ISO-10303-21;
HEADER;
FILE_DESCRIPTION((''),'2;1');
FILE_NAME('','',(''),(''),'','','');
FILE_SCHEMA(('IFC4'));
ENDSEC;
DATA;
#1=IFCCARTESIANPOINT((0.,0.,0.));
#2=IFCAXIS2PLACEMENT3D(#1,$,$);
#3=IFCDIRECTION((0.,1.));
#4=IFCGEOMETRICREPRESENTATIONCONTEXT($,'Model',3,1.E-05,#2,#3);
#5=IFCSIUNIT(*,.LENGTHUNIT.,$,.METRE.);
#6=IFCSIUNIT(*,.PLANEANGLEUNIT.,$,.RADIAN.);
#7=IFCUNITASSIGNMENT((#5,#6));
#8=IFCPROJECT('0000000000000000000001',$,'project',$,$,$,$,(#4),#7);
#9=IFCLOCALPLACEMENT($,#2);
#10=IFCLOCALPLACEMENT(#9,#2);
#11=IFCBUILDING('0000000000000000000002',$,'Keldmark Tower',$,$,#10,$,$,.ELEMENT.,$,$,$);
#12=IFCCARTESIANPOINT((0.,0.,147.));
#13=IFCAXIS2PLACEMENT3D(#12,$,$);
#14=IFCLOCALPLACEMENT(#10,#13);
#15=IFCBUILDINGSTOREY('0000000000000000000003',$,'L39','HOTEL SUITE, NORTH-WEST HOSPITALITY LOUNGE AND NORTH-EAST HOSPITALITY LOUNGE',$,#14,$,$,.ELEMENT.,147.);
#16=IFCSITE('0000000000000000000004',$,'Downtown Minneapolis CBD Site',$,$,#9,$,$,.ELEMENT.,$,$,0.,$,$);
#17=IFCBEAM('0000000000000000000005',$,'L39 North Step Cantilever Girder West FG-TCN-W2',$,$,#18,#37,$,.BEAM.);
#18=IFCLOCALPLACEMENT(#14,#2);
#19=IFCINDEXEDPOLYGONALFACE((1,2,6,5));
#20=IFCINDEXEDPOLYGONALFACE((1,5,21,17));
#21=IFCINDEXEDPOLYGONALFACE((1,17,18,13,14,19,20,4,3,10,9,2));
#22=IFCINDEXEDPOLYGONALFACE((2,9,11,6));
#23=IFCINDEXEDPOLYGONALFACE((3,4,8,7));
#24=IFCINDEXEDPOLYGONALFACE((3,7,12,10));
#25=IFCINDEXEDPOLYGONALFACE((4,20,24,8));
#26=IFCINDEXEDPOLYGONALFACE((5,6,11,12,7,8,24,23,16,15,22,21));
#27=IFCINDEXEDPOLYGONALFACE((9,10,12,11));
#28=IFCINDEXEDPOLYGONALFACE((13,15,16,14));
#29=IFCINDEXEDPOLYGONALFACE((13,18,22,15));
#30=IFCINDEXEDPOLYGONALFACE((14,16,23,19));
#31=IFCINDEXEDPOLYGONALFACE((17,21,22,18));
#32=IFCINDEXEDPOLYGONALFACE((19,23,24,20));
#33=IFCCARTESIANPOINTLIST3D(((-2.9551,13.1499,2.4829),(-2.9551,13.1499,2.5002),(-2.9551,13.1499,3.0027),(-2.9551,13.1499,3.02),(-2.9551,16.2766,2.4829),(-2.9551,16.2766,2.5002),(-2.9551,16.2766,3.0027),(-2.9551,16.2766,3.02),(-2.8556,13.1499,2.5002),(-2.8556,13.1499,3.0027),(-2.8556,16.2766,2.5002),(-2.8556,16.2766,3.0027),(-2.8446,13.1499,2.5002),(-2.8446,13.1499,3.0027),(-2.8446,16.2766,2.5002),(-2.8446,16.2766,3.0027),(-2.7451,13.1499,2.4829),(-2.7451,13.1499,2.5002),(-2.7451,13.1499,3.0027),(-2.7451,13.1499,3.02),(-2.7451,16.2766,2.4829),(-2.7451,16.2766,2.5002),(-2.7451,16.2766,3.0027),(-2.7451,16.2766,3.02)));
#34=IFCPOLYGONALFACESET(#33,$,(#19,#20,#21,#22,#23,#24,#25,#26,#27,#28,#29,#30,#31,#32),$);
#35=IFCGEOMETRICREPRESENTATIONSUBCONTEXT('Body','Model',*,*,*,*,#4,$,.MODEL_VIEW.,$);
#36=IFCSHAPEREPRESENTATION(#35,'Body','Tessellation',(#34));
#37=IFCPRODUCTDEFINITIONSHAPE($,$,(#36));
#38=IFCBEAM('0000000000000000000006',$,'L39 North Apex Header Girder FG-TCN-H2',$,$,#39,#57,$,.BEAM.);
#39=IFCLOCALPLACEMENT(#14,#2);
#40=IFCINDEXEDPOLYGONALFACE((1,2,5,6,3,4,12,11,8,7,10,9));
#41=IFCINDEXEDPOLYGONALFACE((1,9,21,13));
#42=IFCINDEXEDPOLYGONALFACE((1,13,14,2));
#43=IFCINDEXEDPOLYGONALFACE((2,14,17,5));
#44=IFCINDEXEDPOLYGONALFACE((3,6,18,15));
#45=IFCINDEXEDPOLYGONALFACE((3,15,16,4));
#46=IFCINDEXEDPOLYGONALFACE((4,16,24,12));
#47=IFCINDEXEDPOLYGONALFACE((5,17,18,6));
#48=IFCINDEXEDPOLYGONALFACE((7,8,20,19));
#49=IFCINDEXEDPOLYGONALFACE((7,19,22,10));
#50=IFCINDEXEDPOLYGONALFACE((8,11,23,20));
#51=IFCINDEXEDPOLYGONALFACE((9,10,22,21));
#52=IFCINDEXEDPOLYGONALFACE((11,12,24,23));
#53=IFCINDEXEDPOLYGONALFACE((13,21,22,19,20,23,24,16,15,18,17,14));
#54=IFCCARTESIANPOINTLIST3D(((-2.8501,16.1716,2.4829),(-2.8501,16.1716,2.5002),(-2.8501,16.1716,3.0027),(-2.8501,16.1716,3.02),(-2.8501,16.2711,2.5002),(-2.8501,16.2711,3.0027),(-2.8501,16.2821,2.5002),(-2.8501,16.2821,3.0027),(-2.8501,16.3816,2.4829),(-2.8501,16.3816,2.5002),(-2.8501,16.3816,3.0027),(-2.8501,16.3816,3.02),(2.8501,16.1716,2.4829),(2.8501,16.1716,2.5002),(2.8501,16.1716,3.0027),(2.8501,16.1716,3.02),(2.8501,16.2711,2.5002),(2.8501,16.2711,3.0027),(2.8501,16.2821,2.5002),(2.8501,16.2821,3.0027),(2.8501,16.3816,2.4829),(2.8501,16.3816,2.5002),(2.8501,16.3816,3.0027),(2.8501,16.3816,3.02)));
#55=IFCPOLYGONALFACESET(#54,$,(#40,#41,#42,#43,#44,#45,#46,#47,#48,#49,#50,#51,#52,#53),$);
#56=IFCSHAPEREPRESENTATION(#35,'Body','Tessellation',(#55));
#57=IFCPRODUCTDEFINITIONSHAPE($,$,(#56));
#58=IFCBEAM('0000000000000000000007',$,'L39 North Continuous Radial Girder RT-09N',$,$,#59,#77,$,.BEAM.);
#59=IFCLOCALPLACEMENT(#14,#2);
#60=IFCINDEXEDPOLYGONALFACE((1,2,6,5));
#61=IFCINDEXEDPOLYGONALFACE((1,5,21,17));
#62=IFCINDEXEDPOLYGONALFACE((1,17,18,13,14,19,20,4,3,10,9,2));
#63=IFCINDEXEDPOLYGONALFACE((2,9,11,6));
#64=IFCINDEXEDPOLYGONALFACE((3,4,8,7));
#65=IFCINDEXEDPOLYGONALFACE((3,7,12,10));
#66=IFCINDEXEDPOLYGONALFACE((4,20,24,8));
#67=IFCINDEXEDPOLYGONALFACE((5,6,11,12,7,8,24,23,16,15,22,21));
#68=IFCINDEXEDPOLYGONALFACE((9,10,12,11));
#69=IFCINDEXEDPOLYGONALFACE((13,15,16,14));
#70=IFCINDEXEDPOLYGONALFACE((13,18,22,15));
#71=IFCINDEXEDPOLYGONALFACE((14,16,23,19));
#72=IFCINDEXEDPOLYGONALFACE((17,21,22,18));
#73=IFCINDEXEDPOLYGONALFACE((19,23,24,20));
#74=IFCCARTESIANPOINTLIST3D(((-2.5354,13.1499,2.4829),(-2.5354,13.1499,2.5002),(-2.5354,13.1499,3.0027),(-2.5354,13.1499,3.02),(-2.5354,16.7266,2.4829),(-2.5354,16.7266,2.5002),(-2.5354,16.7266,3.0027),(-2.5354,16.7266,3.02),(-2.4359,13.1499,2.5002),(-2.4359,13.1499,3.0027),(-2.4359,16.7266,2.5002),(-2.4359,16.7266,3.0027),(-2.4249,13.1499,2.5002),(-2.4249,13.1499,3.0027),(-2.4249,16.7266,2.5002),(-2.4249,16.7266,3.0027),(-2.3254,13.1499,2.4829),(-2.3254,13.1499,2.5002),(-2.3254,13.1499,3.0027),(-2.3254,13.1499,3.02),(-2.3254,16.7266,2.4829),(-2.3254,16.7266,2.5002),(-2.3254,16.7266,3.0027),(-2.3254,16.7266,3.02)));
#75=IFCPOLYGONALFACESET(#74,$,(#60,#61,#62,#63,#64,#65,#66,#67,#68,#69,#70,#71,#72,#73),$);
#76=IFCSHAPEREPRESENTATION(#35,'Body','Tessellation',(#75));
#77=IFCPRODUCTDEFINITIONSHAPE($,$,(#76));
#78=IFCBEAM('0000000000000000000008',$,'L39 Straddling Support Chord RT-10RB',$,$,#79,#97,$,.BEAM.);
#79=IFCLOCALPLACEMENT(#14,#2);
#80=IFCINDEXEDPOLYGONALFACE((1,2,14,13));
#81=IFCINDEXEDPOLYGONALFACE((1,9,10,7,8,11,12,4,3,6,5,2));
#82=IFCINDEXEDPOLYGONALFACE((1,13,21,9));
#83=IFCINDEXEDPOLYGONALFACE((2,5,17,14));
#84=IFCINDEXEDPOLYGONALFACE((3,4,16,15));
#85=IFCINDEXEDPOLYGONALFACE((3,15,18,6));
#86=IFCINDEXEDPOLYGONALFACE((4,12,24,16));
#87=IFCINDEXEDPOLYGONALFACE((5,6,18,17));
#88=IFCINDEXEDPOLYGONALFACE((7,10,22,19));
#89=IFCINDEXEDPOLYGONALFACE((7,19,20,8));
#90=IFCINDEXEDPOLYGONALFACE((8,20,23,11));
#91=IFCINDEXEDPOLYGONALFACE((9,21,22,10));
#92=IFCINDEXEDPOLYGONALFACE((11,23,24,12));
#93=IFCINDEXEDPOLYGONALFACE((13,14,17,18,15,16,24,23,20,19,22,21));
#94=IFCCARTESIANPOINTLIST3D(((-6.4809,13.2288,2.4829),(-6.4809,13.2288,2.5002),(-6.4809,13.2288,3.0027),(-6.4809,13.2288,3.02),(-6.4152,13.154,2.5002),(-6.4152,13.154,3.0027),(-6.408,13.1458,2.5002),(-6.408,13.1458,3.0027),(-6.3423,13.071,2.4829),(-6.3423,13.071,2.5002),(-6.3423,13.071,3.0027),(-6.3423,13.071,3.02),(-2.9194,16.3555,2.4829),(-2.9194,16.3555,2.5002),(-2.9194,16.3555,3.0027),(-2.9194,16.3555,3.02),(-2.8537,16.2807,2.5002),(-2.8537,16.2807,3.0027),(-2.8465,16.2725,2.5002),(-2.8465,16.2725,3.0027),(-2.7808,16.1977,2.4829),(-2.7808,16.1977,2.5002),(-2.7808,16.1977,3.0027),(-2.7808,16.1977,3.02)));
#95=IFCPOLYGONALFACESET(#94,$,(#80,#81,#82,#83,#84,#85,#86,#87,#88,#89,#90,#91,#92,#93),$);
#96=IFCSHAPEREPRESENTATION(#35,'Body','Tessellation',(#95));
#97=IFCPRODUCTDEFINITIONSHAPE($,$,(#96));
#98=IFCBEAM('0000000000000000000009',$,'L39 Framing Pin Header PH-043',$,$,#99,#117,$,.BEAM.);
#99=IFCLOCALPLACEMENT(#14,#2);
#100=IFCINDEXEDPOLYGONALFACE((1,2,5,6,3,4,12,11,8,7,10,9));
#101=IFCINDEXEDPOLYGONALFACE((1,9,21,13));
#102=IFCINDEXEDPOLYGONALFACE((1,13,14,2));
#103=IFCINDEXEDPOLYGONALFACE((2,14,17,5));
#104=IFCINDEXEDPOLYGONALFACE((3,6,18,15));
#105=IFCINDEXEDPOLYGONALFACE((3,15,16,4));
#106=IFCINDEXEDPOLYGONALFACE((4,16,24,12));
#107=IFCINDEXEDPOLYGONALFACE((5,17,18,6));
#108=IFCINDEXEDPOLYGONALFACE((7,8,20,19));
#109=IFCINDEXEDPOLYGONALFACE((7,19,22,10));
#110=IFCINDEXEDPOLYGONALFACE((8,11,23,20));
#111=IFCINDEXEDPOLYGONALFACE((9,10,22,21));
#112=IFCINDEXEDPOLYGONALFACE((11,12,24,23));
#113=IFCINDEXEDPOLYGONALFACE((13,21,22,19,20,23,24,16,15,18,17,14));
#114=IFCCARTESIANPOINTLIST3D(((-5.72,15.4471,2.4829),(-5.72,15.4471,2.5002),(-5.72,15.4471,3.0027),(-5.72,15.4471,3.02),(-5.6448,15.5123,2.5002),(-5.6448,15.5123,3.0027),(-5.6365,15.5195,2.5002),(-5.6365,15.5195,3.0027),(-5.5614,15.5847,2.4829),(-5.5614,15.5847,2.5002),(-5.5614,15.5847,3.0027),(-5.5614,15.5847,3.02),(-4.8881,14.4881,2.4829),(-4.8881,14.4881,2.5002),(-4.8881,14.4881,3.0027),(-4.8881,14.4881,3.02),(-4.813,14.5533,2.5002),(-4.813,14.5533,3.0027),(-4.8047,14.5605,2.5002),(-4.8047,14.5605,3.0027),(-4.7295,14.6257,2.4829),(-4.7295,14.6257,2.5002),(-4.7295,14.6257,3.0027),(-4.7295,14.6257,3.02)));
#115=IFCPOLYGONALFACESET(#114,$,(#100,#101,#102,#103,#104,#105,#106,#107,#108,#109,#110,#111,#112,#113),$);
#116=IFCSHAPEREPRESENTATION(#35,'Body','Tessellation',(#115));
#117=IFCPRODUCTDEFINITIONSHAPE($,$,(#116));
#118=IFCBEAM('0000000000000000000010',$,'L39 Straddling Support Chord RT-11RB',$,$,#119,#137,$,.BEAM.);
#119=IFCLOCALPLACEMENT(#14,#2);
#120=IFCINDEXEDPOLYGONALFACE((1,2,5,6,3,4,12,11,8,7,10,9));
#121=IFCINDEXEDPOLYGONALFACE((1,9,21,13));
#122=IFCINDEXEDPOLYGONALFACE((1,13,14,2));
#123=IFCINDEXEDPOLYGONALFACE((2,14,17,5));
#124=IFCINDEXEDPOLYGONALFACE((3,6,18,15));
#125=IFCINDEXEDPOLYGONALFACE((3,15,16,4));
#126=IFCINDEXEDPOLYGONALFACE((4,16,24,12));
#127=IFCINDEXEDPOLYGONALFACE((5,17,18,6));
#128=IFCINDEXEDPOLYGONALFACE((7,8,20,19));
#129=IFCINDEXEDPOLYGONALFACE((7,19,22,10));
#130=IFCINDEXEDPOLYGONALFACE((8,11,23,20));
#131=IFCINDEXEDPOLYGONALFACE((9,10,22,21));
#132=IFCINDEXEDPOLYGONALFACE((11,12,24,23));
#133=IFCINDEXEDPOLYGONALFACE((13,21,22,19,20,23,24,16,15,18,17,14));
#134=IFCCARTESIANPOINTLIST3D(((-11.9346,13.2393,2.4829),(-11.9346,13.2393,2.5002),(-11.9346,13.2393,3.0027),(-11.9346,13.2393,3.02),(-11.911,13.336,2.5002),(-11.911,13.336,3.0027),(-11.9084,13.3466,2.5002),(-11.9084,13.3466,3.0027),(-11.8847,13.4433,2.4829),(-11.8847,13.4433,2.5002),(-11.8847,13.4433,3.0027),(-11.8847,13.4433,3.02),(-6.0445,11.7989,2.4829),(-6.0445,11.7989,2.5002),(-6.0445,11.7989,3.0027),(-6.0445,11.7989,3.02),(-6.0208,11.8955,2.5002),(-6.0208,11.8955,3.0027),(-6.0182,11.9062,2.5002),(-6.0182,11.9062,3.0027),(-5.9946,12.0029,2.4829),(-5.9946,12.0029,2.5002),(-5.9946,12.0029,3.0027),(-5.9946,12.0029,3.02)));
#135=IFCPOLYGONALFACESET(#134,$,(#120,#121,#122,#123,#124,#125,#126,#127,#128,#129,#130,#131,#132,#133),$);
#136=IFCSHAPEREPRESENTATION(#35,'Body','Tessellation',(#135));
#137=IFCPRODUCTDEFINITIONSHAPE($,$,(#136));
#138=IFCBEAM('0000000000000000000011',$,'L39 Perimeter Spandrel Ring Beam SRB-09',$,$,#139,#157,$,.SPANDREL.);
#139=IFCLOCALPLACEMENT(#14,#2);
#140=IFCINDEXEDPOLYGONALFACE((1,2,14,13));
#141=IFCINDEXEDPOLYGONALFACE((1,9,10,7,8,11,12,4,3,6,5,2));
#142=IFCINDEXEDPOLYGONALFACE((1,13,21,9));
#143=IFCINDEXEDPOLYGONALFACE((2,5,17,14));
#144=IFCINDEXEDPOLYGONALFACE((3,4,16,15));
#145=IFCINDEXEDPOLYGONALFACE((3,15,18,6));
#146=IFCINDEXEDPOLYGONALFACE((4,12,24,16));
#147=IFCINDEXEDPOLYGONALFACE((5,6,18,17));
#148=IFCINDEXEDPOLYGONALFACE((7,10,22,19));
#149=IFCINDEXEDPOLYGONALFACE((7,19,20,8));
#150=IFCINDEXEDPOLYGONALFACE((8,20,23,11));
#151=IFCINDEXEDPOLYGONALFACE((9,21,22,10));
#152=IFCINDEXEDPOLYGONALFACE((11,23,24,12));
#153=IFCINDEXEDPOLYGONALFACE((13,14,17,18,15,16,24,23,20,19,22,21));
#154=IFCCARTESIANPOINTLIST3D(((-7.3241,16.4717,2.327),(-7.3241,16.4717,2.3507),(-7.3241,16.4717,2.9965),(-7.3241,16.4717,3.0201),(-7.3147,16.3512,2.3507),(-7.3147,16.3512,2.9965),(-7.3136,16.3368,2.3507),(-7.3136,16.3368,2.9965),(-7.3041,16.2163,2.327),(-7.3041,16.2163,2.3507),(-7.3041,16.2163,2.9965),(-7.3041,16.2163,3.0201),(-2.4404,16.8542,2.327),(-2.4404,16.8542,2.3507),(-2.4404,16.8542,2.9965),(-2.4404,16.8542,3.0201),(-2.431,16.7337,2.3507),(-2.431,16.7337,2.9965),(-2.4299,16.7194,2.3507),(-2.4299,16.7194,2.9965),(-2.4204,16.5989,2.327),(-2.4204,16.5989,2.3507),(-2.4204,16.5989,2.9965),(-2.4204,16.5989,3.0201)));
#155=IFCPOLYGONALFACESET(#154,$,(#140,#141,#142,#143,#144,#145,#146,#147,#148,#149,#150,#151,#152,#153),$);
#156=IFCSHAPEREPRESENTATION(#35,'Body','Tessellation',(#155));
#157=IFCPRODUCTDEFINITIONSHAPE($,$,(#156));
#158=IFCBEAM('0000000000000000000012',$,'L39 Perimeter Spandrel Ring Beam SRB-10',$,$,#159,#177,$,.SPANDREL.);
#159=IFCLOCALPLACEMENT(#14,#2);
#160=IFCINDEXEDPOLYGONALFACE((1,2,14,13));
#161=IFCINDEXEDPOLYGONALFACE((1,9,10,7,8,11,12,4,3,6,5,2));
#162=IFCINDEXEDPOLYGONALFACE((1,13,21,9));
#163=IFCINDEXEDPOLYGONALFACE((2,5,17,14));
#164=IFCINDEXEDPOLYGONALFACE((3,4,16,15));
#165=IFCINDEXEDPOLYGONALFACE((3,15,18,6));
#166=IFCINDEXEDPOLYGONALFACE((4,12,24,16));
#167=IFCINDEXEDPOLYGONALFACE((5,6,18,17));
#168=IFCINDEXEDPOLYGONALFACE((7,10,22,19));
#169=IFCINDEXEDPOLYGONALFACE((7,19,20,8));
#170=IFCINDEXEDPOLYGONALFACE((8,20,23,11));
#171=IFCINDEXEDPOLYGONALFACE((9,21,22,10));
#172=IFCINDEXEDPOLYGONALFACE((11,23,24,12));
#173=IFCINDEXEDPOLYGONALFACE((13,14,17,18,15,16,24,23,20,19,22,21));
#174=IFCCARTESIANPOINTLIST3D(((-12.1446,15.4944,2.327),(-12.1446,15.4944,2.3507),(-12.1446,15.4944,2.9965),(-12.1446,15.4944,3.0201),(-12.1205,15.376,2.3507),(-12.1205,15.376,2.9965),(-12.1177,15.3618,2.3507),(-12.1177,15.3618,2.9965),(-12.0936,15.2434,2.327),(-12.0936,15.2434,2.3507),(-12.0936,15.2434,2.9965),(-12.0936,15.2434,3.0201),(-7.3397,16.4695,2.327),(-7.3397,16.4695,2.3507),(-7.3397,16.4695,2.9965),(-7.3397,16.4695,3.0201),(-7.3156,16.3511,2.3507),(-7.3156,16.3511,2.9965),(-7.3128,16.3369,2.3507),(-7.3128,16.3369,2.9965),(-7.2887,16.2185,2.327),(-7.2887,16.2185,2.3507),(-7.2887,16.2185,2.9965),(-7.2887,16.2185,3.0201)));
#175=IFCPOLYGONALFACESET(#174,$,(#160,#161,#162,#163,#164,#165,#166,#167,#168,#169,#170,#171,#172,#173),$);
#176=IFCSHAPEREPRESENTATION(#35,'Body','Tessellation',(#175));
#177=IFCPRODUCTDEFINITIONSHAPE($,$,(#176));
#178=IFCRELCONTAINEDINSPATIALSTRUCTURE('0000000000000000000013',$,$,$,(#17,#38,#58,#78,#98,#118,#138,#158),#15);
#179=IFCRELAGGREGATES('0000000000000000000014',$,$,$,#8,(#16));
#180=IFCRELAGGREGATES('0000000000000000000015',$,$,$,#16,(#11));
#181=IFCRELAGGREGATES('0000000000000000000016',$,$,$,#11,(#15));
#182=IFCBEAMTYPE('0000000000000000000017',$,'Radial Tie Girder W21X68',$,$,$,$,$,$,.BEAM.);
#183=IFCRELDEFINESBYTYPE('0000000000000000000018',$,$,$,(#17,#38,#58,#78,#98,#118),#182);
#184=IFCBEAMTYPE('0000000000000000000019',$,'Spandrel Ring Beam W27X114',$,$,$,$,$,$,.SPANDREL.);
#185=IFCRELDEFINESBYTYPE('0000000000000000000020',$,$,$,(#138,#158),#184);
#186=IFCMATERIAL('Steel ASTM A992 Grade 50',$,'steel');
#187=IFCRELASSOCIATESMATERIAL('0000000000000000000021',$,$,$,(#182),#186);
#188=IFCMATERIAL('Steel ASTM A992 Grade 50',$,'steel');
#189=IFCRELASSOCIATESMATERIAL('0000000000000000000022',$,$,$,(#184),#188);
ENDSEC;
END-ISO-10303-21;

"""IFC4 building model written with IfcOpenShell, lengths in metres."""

from ifc_helpers import new_model, si_unit, direction, frame, origin, origin_2d, place, context, subcontext, project, spatial, i_section, extrude, material, material_profile, profile_set, type_object, element, save


model = new_model("IFC4")

# Units and contexts
model_context = context("Model", 3, precision=1e-05, world=origin(), true_north=direction((0.0, 1.0)))
body_context = subcontext(model_context, "Body", "Model", "MODEL_VIEW")
ifc_project = project(units=[si_unit("LENGTHUNIT", "METRE"), si_unit("PLANEANGLEUNIT", "RADIAN")], contexts=[model_context])

# Site, building, storey
site_placement = place(None, origin())
site = spatial("IfcSite", under=ifc_project, at=site_placement, Name="Downtown Minneapolis CBD Site", CompositionType="ELEMENT", RefElevation=0.0)
building_placement = place(site_placement, origin())
building = spatial("IfcBuilding", under=site, at=building_placement, Name="Keldmark Tower", CompositionType="ELEMENT")
storey_placement = place(building_placement, frame((0.0, 0.0, 147.0)))
storey = spatial("IfcBuildingStorey", under=building, at=storey_placement, Name="L39", Description="HOTEL SUITE, NORTH-WEST HOSPITALITY LOUNGE AND NORTH-EAST HOSPITALITY LOUNGE", CompositionType="ELEMENT", Elevation=147.0)

# Beams
ifc_material_1 = material(Name="Steel ASTM A992 Grade 50", Category="steel")
ifc_material_profile_1 = material_profile(ifc_material_1, i_section(OverallWidth=0.21, OverallDepth=0.5371, WebThickness=0.011, FlangeThickness=0.0173, at=origin_2d()), Name="W21X68")
ifc_profile_set_1 = profile_set([ifc_material_profile_1], Name="Steel ASTM A992 Grade 50")
beam_type_1 = type_object("IfcBeamType", Name="Radial Tie Girder W21X68", PredefinedType="BEAM", material=ifc_profile_set_1)
beam_1_placement = place(storey_placement, frame((-2.8501, 13.1499, 2.7515), z_axis=(0.0, 1.0, 0.0), x_axis=(-1.0, 0.0, 0.0)))
element("IfcBeam", 1, at=beam_1_placement, inside=storey, type_object=beam_type_1, Name="L39 North Step Cantilever Girder West FG-TCN-W2", PredefinedType="BEAM", context=body_context, shape_type="SweptSolid", body=[
    extrude(i_section(OverallWidth=0.21, OverallDepth=0.5371, WebThickness=0.011, FlangeThickness=0.0173, at=origin_2d()), origin(), (0.0, 0.0, 1.0), 3.1267),
])
beam_2_placement = place(storey_placement, frame((-2.8501, 16.2766, 2.7515), z_axis=(1.0, 0.0, 0.0), x_axis=(0.0, 1.0, 0.0)))
element("IfcBeam", 2, at=beam_2_placement, inside=storey, type_object=beam_type_1, Name="L39 North Apex Header Girder FG-TCN-H2", PredefinedType="BEAM", context=body_context, shape_type="SweptSolid", body=[
    extrude(i_section(OverallWidth=0.21, OverallDepth=0.5371, WebThickness=0.011, FlangeThickness=0.0173, at=origin_2d()), origin(), (0.0, 0.0, 1.0), 5.7002),
])
beam_3_placement = place(storey_placement, frame((-2.4304, 13.1499, 2.7515), z_axis=(0.0, 1.0, 0.0), x_axis=(-1.0, 0.0, 0.0)))
element("IfcBeam", 3, at=beam_3_placement, inside=storey, type_object=beam_type_1, Name="L39 North Continuous Radial Girder RT-09N", PredefinedType="BEAM", context=body_context, shape_type="SweptSolid", body=[
    extrude(i_section(OverallWidth=0.21, OverallDepth=0.5371, WebThickness=0.011, FlangeThickness=0.0173, at=origin_2d()), origin(), (0.0, 0.0, 1.0), 3.5767),
])
beam_4_placement = place(storey_placement, frame((-2.8501, 16.2766, 2.7515), z_axis=(-0.751491, -0.659744, 0.0), x_axis=(0.659744, -0.751491, 0.0)))
element("IfcBeam", 4, at=beam_4_placement, inside=storey, type_object=beam_type_1, Name="L39 Straddling Support Chord RT-10RB", PredefinedType="BEAM", context=body_context, shape_type="SweptSolid", body=[
    extrude(i_section(OverallWidth=0.21, OverallDepth=0.5371, WebThickness=0.011, FlangeThickness=0.0173, at=origin_2d()), origin(), (0.0, 0.0, 1.0), 4.7393),
])
beam_5_placement = place(storey_placement, frame((-4.8088, 14.5569, 2.7515), z_axis=(-0.655231, 0.755429, 0.0), x_axis=(-0.755429, -0.655231, 0.0)))
element("IfcBeam", 5, at=beam_5_placement, inside=storey, type_object=beam_type_1, Name="L39 Framing Pin Header PH-043", PredefinedType="BEAM", context=body_context, shape_type="SweptSolid", body=[
    extrude(i_section(OverallWidth=0.21, OverallDepth=0.5371, WebThickness=0.011, FlangeThickness=0.0173, at=origin_2d()), origin(), (0.0, 0.0, 1.0), 1.2695),
])
beam_6_placement = place(storey_placement, frame((-6.0195, 11.9009, 2.7515), z_axis=(-0.971375, 0.237549, 0.0), x_axis=(-0.237549, -0.971375, 0.0)))
element("IfcBeam", 6, at=beam_6_placement, inside=storey, type_object=beam_type_1, Name="L39 Straddling Support Chord RT-11RB", PredefinedType="BEAM", context=body_context, shape_type="SweptSolid", body=[
    extrude(i_section(OverallWidth=0.21, OverallDepth=0.5371, WebThickness=0.011, FlangeThickness=0.0173, at=origin_2d()), origin(), (0.0, 0.0, 1.0), 6.0637),
])
ifc_material_2 = material(Name="Steel ASTM A992 Grade 50", Category="steel")
ifc_material_profile_2 = material_profile(ifc_material_2, i_section(OverallWidth=0.2561, OverallDepth=0.6931, WebThickness=0.0144, FlangeThickness=0.0237, at=origin_2d()), Name="W27X114")
ifc_profile_set_2 = profile_set([ifc_material_profile_2], Name="Steel ASTM A992 Grade 50")
beam_type_2 = type_object("IfcBeamType", Name="Spandrel Ring Beam W27X114", PredefinedType="SPANDREL", material=ifc_profile_set_2)
beam_7_placement = place(storey_placement, frame((-2.4304, 16.7266, 2.6736), z_axis=(-0.996946, -0.078095, 0.0), x_axis=(0.078095, -0.996946, 0.0)))
element("IfcBeam", 7, at=beam_7_placement, inside=storey, type_object=beam_type_2, Name="L39 Perimeter Spandrel Ring Beam SRB-09", PredefinedType="SPANDREL", context=body_context, shape_type="SweptSolid", body=[
    extrude(i_section(OverallWidth=0.2561, OverallDepth=0.6931, WebThickness=0.0144, FlangeThickness=0.0237, at=origin_2d()), origin(), (0.0, 0.0, 1.0), 4.8987),
])
beam_8_placement = place(storey_placement, frame((-7.3142, 16.344, 2.6736), z_axis=(-0.980023, -0.198883, 0.0), x_axis=(0.198883, -0.980023, 0.0)))
element("IfcBeam", 8, at=beam_8_placement, inside=storey, type_object=beam_type_2, Name="L39 Perimeter Spandrel Ring Beam SRB-10", PredefinedType="SPANDREL", context=body_context, shape_type="SweptSolid", body=[
    extrude(i_section(OverallWidth=0.2561, OverallDepth=0.6931, WebThickness=0.0144, FlangeThickness=0.0237, at=origin_2d()), origin(), (0.0, 0.0, 1.0), 4.9028),
])

save(model, "model.ifc")
